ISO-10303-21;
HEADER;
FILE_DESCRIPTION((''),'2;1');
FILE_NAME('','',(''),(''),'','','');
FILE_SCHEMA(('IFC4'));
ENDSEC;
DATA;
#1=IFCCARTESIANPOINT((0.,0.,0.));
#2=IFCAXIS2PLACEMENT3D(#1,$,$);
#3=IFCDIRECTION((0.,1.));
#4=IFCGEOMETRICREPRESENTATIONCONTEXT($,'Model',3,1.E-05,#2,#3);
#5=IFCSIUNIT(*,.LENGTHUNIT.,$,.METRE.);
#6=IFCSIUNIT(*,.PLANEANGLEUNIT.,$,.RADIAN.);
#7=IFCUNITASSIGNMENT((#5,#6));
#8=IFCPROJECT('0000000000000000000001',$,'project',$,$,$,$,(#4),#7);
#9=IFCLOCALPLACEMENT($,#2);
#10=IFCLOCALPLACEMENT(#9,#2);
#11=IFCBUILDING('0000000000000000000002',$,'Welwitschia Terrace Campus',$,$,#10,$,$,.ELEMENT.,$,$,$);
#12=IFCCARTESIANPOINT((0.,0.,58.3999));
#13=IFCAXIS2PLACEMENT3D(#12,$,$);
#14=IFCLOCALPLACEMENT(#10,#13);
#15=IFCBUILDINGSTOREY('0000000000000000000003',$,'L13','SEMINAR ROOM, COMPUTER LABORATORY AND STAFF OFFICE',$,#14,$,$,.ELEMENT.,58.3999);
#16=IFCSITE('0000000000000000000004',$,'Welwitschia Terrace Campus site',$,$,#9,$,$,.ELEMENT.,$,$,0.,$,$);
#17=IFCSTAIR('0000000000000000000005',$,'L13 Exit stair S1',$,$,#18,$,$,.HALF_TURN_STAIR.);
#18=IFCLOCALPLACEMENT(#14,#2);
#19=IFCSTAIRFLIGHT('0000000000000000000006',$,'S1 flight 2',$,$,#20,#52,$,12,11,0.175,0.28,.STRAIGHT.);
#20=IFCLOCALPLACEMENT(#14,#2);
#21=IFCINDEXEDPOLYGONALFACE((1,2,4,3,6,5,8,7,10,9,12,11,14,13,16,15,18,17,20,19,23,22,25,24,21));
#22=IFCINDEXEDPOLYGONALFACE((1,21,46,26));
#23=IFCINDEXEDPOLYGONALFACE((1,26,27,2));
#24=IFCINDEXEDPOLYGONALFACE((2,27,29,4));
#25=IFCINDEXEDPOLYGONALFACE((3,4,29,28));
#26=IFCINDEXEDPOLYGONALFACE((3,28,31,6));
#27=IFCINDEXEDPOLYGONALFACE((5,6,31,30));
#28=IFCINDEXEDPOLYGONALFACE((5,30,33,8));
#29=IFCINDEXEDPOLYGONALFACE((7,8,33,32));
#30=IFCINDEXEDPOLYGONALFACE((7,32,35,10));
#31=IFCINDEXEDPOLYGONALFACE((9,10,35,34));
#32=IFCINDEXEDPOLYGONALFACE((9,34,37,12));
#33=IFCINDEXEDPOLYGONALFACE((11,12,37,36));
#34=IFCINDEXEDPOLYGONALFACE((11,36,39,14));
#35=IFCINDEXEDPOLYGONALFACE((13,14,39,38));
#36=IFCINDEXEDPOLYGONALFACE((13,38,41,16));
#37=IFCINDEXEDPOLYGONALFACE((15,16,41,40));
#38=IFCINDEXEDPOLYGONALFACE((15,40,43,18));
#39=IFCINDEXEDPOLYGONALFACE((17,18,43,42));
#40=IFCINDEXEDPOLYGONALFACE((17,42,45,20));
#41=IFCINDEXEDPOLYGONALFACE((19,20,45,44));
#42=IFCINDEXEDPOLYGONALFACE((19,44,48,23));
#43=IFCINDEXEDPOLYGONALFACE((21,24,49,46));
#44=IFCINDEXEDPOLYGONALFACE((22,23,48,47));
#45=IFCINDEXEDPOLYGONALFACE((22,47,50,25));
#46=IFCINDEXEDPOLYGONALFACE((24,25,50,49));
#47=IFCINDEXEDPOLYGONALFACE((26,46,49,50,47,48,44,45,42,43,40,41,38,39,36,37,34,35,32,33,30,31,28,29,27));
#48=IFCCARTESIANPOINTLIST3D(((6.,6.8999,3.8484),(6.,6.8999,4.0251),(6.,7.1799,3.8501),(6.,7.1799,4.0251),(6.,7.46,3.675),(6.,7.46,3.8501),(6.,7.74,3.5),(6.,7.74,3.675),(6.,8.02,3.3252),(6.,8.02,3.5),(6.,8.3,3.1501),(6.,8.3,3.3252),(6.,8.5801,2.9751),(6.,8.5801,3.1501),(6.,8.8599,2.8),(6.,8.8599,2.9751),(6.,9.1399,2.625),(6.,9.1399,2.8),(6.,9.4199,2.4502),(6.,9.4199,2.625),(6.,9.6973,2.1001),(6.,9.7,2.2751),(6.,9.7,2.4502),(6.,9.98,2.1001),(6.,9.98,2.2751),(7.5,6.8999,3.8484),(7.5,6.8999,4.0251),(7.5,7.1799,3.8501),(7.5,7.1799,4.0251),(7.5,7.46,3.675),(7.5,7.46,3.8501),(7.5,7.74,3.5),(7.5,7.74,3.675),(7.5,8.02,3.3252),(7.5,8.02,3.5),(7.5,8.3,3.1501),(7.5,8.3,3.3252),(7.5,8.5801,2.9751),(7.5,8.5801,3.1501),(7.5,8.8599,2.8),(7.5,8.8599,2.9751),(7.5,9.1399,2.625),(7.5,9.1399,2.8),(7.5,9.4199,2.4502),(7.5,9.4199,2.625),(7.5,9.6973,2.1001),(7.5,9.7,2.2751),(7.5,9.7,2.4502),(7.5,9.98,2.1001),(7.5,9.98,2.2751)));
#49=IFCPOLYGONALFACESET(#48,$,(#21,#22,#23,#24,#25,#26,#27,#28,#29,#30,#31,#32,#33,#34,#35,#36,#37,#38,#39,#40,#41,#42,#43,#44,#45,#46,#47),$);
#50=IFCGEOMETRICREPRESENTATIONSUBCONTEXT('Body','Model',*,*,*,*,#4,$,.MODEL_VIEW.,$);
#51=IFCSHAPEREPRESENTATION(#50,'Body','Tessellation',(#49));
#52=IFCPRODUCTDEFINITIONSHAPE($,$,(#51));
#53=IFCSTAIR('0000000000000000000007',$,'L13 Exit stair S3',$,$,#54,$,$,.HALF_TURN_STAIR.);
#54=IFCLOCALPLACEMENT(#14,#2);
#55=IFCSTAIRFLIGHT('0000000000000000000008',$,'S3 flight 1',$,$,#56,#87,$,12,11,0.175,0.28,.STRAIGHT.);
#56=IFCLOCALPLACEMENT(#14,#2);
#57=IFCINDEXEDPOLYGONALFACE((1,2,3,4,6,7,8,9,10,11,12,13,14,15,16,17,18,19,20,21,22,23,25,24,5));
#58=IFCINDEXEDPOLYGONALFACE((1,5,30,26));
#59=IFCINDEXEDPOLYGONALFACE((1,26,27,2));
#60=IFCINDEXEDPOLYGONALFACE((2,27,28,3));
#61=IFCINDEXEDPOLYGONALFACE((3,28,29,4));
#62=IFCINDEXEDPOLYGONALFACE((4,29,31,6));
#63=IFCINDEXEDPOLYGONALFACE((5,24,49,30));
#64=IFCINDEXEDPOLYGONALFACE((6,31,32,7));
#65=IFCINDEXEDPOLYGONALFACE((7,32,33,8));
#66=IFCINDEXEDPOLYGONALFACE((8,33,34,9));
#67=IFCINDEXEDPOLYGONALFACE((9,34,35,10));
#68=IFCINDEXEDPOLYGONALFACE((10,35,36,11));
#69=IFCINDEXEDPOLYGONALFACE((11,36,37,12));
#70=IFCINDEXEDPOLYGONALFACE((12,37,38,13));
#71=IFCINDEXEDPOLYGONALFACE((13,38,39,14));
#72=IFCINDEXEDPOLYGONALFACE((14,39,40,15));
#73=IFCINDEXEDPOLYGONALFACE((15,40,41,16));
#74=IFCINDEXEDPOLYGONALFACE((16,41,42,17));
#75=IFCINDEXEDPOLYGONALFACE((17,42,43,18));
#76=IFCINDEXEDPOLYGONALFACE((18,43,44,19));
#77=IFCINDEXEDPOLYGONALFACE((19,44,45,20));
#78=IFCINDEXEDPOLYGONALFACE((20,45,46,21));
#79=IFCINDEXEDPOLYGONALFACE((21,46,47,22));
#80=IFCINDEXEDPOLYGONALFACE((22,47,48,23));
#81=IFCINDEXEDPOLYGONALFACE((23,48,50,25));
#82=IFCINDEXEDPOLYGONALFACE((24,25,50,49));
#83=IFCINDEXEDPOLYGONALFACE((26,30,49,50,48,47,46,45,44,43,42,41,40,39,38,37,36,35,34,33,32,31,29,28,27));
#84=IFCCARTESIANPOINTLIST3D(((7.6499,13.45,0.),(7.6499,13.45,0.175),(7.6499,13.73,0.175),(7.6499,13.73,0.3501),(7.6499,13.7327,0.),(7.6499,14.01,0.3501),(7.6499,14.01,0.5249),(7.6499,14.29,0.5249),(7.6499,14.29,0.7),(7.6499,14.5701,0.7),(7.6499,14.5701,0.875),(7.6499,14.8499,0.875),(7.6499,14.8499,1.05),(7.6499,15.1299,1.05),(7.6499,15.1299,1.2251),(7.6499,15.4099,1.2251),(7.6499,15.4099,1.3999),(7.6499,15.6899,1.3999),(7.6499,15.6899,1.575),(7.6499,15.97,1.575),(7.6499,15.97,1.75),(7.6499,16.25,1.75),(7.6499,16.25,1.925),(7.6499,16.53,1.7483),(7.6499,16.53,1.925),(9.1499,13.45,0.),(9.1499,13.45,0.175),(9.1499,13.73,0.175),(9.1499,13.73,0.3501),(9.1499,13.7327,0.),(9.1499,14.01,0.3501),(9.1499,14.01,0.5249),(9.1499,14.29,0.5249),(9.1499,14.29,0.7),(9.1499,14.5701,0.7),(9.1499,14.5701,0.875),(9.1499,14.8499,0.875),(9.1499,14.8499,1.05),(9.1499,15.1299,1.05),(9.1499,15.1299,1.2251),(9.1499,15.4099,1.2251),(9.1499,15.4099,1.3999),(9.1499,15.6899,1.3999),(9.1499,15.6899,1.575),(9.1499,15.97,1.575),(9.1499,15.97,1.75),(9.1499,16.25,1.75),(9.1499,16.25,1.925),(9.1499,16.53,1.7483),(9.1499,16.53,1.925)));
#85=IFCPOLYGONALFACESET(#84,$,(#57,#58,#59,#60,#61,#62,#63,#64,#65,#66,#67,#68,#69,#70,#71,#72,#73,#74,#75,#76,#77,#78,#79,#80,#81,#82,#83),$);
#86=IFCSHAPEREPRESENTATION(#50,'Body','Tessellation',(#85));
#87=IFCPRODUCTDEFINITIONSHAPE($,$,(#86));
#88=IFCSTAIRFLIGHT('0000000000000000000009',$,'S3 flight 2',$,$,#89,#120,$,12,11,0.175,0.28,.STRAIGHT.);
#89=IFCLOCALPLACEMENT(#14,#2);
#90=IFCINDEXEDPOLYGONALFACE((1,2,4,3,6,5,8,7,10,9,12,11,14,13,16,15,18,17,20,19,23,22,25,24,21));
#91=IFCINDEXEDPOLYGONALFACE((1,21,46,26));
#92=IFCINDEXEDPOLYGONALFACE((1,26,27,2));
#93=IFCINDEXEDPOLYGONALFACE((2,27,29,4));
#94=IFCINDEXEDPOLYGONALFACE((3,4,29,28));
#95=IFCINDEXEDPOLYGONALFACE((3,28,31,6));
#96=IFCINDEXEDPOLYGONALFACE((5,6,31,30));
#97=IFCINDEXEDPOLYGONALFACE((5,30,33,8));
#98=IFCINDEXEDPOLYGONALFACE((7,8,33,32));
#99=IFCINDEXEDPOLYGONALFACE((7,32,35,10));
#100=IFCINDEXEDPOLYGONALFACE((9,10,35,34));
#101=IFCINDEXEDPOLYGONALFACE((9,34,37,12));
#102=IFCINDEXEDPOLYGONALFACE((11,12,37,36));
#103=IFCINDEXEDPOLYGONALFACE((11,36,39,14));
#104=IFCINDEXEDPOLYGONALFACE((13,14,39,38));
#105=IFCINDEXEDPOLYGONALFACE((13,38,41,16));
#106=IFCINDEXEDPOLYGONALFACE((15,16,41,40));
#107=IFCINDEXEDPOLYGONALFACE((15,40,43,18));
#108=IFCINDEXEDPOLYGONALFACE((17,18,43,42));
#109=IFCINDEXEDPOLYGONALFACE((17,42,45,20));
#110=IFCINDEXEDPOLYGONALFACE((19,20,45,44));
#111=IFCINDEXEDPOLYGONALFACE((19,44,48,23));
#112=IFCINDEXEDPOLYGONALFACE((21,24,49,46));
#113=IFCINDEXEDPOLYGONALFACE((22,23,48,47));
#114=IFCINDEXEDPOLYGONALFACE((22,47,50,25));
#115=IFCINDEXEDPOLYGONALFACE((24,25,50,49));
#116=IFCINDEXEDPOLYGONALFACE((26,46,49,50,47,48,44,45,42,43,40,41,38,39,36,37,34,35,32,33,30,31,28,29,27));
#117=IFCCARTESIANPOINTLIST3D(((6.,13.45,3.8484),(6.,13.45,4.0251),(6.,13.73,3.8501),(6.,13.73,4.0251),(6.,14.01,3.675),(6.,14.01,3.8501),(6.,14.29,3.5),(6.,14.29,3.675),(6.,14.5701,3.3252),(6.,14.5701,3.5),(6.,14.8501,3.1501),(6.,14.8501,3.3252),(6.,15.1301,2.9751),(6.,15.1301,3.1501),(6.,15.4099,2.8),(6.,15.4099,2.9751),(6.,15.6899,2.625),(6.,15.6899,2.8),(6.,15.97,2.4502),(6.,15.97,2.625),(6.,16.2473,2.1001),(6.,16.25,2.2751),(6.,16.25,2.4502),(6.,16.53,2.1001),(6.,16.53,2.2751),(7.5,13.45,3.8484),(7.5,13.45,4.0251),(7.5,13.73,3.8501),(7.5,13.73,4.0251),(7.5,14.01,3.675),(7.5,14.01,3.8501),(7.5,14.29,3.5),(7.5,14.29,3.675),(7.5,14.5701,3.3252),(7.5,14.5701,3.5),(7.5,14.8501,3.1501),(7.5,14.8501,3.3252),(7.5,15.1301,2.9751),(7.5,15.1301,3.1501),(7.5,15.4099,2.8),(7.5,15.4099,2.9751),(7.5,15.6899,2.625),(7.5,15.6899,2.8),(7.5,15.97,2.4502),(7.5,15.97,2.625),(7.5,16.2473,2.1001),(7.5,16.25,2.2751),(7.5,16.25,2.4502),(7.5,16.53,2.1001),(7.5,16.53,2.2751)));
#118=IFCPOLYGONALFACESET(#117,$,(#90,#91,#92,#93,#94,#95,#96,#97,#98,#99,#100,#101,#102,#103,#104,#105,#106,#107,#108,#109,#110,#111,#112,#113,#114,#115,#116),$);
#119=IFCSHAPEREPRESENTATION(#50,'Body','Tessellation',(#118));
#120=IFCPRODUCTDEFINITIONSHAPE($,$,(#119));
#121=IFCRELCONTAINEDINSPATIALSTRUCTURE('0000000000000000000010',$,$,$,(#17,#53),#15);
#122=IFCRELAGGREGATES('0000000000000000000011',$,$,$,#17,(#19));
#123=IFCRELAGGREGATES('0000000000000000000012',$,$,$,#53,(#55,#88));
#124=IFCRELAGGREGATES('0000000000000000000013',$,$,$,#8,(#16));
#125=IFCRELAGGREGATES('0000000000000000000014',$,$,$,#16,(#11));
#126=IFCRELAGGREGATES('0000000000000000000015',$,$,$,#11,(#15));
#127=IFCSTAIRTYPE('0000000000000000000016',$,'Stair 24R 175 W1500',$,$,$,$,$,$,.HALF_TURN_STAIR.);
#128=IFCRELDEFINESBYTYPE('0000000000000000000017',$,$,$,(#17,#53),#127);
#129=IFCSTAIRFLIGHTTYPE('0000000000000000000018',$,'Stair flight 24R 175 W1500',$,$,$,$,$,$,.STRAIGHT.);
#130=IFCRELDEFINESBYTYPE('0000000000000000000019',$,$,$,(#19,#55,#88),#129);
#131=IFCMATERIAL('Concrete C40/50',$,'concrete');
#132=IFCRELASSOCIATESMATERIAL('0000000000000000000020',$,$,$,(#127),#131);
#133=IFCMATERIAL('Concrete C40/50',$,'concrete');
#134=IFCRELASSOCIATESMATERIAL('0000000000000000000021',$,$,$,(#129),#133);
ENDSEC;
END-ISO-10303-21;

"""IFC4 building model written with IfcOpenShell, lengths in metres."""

from ifc_helpers import new_model, si_unit, direction, frame, origin, place, context, subcontext, project, spatial, polyline, outline, extrude, material, type_object, element, aggregate, save


model = new_model("IFC4")

# Units and contexts
model_context = context("Model", 3, precision=1e-05, world=origin(), true_north=direction((0.0, 1.0)))
body_context = subcontext(model_context, "Body", "Model", "MODEL_VIEW")
ifc_project = project(units=[si_unit("LENGTHUNIT", "METRE"), si_unit("PLANEANGLEUNIT", "RADIAN")], contexts=[model_context])

# Site, building, storey
site_placement = place(None, origin())
site = spatial("IfcSite", under=ifc_project, at=site_placement, Name="Welwitschia Terrace Campus site", CompositionType="ELEMENT", RefElevation=0.0)
building_placement = place(site_placement, origin())
building = spatial("IfcBuilding", under=site, at=building_placement, Name="Welwitschia Terrace Campus", CompositionType="ELEMENT")
storey_placement = place(building_placement, frame((0.0, 0.0, 58.3999)))
storey = spatial("IfcBuildingStorey", under=building, at=storey_placement, Name="L13", Description="SEMINAR ROOM, COMPUTER LABORATORY AND STAFF OFFICE", CompositionType="ELEMENT", Elevation=58.3999)

# Stair, stair flight
ifc_material_1 = material(Name="Concrete C40/50", Category="concrete")
stair_type = type_object("IfcStairType", Name="Stair 24R 175 W1500", PredefinedType="HALF_TURN_STAIR", material=ifc_material_1)
stair_1_placement = place(storey_placement, origin())
stair_1 = element("IfcStair", 1, at=stair_1_placement, inside=storey, type_object=stair_type, Name="L13 Exit stair S1", PredefinedType="HALF_TURN_STAIR")
ifc_material_2 = material(Name="Concrete C40/50", Category="concrete")
stair_flight_type = type_object("IfcStairFlightType", Name="Stair flight 24R 175 W1500", PredefinedType="STRAIGHT", material=ifc_material_2)
stair_flight_1_placement = place(storey_placement, frame((6.75, 9.98, 2.1001), z_axis=(0.0, 0.0, 1.0), x_axis=(0.0, -1.0, 0.0)))
stair_flight_1 = element("IfcStairFlight", 2, at=stair_flight_1_placement, type_object=stair_flight_type, Name="S1 flight 2", NumberOfRisers=12, NumberOfTreads=11, PredefinedType="STRAIGHT", RiserHeight=0.175, TreadLength=0.28, context=body_context, shape_type="SweptSolid", body=[
    extrude(outline(polyline([(0.0, 0.0), (0.0, 0.175), (0.28, 0.175), (0.28, 0.3501), (0.5601, 0.3501), (0.5601, 0.5249), (0.8401, 0.5249), (0.8401, 0.7), (1.1201, 0.7), (1.1201, 0.875), (1.3999, 0.875), (1.3999, 1.05), (1.6799, 1.05), (1.6799, 1.2251), (1.96, 1.2251), (1.96, 1.3999), (2.24, 1.3999), (2.24, 1.575), (2.52, 1.575), (2.52, 1.75), (2.8, 1.75), (2.8, 1.925), (3.0801, 1.925), (3.0801, 2.1001), (3.0801, 1.7483), (0.2827, 0.0), (0.0, 0.0)])), frame((0.0, 0.75, 0.0), z_axis=(0.0, -1.0, 0.0), x_axis=(1.0, 0.0, 0.0)), (0.0, 0.0, 1.0), 1.5),
])
aggregate(stair_1, [stair_flight_1])

# Stair, stair flights
stair_2_placement = place(storey_placement, origin())
stair_2 = element("IfcStair", 3, at=stair_2_placement, inside=storey, type_object=stair_type, Name="L13 Exit stair S3", PredefinedType="HALF_TURN_STAIR")
stair_flight_2_placement = place(storey_placement, frame((8.3999, 13.45, 0.0), z_axis=(0.0, 0.0, 1.0), x_axis=(0.0, 1.0, 0.0)))
stair_flight_2 = element("IfcStairFlight", 4, at=stair_flight_2_placement, type_object=stair_flight_type, Name="S3 flight 1", NumberOfRisers=12, NumberOfTreads=11, PredefinedType="STRAIGHT", RiserHeight=0.175, TreadLength=0.28, context=body_context, shape_type="SweptSolid", body=[
    extrude(outline(polyline([(0.0, 0.0), (0.0, 0.175), (0.28, 0.175), (0.28, 0.3501), (0.5601, 0.3501), (0.5601, 0.5249), (0.8401, 0.5249), (0.8401, 0.7), (1.1201, 0.7), (1.1201, 0.875), (1.3999, 0.875), (1.3999, 1.05), (1.6799, 1.05), (1.6799, 1.2251), (1.96, 1.2251), (1.96, 1.3999), (2.24, 1.3999), (2.24, 1.575), (2.52, 1.575), (2.52, 1.75), (2.8, 1.75), (2.8, 1.925), (3.0801, 1.925), (3.0801, 2.1001), (3.0801, 1.7483), (0.2827, 0.0), (0.0, 0.0)])), frame((0.0, 0.75, 0.0), z_axis=(0.0, -1.0, 0.0), x_axis=(1.0, 0.0, 0.0)), (0.0, 0.0, 1.0), 1.5),
])
stair_flight_3_placement = place(storey_placement, frame((6.75, 16.53, 2.1001), z_axis=(0.0, 0.0, 1.0), x_axis=(0.0, -1.0, 0.0)))
stair_flight_3 = element("IfcStairFlight", 5, at=stair_flight_3_placement, type_object=stair_flight_type, Name="S3 flight 2", NumberOfRisers=12, NumberOfTreads=11, PredefinedType="STRAIGHT", RiserHeight=0.175, TreadLength=0.28, context=body_context, shape_type="SweptSolid", body=[
    extrude(outline(polyline([(0.0, 0.0), (0.0, 0.175), (0.28, 0.175), (0.28, 0.3501), (0.5601, 0.3501), (0.5601, 0.5249), (0.8401, 0.5249), (0.8401, 0.7), (1.1201, 0.7), (1.1201, 0.875), (1.3999, 0.875), (1.3999, 1.05), (1.6799, 1.05), (1.6799, 1.2251), (1.96, 1.2251), (1.96, 1.3999), (2.24, 1.3999), (2.24, 1.575), (2.52, 1.575), (2.52, 1.75), (2.8, 1.75), (2.8, 1.925), (3.0801, 1.925), (3.0801, 2.1001), (3.0801, 1.7483), (0.2827, 0.0), (0.0, 0.0)])), frame((0.0, 0.75, 0.0), z_axis=(0.0, -1.0, 0.0), x_axis=(1.0, 0.0, 0.0)), (0.0, 0.0, 1.0), 1.5),
])
aggregate(stair_2, [stair_flight_2, stair_flight_3])

save(model, "model.ifc")
